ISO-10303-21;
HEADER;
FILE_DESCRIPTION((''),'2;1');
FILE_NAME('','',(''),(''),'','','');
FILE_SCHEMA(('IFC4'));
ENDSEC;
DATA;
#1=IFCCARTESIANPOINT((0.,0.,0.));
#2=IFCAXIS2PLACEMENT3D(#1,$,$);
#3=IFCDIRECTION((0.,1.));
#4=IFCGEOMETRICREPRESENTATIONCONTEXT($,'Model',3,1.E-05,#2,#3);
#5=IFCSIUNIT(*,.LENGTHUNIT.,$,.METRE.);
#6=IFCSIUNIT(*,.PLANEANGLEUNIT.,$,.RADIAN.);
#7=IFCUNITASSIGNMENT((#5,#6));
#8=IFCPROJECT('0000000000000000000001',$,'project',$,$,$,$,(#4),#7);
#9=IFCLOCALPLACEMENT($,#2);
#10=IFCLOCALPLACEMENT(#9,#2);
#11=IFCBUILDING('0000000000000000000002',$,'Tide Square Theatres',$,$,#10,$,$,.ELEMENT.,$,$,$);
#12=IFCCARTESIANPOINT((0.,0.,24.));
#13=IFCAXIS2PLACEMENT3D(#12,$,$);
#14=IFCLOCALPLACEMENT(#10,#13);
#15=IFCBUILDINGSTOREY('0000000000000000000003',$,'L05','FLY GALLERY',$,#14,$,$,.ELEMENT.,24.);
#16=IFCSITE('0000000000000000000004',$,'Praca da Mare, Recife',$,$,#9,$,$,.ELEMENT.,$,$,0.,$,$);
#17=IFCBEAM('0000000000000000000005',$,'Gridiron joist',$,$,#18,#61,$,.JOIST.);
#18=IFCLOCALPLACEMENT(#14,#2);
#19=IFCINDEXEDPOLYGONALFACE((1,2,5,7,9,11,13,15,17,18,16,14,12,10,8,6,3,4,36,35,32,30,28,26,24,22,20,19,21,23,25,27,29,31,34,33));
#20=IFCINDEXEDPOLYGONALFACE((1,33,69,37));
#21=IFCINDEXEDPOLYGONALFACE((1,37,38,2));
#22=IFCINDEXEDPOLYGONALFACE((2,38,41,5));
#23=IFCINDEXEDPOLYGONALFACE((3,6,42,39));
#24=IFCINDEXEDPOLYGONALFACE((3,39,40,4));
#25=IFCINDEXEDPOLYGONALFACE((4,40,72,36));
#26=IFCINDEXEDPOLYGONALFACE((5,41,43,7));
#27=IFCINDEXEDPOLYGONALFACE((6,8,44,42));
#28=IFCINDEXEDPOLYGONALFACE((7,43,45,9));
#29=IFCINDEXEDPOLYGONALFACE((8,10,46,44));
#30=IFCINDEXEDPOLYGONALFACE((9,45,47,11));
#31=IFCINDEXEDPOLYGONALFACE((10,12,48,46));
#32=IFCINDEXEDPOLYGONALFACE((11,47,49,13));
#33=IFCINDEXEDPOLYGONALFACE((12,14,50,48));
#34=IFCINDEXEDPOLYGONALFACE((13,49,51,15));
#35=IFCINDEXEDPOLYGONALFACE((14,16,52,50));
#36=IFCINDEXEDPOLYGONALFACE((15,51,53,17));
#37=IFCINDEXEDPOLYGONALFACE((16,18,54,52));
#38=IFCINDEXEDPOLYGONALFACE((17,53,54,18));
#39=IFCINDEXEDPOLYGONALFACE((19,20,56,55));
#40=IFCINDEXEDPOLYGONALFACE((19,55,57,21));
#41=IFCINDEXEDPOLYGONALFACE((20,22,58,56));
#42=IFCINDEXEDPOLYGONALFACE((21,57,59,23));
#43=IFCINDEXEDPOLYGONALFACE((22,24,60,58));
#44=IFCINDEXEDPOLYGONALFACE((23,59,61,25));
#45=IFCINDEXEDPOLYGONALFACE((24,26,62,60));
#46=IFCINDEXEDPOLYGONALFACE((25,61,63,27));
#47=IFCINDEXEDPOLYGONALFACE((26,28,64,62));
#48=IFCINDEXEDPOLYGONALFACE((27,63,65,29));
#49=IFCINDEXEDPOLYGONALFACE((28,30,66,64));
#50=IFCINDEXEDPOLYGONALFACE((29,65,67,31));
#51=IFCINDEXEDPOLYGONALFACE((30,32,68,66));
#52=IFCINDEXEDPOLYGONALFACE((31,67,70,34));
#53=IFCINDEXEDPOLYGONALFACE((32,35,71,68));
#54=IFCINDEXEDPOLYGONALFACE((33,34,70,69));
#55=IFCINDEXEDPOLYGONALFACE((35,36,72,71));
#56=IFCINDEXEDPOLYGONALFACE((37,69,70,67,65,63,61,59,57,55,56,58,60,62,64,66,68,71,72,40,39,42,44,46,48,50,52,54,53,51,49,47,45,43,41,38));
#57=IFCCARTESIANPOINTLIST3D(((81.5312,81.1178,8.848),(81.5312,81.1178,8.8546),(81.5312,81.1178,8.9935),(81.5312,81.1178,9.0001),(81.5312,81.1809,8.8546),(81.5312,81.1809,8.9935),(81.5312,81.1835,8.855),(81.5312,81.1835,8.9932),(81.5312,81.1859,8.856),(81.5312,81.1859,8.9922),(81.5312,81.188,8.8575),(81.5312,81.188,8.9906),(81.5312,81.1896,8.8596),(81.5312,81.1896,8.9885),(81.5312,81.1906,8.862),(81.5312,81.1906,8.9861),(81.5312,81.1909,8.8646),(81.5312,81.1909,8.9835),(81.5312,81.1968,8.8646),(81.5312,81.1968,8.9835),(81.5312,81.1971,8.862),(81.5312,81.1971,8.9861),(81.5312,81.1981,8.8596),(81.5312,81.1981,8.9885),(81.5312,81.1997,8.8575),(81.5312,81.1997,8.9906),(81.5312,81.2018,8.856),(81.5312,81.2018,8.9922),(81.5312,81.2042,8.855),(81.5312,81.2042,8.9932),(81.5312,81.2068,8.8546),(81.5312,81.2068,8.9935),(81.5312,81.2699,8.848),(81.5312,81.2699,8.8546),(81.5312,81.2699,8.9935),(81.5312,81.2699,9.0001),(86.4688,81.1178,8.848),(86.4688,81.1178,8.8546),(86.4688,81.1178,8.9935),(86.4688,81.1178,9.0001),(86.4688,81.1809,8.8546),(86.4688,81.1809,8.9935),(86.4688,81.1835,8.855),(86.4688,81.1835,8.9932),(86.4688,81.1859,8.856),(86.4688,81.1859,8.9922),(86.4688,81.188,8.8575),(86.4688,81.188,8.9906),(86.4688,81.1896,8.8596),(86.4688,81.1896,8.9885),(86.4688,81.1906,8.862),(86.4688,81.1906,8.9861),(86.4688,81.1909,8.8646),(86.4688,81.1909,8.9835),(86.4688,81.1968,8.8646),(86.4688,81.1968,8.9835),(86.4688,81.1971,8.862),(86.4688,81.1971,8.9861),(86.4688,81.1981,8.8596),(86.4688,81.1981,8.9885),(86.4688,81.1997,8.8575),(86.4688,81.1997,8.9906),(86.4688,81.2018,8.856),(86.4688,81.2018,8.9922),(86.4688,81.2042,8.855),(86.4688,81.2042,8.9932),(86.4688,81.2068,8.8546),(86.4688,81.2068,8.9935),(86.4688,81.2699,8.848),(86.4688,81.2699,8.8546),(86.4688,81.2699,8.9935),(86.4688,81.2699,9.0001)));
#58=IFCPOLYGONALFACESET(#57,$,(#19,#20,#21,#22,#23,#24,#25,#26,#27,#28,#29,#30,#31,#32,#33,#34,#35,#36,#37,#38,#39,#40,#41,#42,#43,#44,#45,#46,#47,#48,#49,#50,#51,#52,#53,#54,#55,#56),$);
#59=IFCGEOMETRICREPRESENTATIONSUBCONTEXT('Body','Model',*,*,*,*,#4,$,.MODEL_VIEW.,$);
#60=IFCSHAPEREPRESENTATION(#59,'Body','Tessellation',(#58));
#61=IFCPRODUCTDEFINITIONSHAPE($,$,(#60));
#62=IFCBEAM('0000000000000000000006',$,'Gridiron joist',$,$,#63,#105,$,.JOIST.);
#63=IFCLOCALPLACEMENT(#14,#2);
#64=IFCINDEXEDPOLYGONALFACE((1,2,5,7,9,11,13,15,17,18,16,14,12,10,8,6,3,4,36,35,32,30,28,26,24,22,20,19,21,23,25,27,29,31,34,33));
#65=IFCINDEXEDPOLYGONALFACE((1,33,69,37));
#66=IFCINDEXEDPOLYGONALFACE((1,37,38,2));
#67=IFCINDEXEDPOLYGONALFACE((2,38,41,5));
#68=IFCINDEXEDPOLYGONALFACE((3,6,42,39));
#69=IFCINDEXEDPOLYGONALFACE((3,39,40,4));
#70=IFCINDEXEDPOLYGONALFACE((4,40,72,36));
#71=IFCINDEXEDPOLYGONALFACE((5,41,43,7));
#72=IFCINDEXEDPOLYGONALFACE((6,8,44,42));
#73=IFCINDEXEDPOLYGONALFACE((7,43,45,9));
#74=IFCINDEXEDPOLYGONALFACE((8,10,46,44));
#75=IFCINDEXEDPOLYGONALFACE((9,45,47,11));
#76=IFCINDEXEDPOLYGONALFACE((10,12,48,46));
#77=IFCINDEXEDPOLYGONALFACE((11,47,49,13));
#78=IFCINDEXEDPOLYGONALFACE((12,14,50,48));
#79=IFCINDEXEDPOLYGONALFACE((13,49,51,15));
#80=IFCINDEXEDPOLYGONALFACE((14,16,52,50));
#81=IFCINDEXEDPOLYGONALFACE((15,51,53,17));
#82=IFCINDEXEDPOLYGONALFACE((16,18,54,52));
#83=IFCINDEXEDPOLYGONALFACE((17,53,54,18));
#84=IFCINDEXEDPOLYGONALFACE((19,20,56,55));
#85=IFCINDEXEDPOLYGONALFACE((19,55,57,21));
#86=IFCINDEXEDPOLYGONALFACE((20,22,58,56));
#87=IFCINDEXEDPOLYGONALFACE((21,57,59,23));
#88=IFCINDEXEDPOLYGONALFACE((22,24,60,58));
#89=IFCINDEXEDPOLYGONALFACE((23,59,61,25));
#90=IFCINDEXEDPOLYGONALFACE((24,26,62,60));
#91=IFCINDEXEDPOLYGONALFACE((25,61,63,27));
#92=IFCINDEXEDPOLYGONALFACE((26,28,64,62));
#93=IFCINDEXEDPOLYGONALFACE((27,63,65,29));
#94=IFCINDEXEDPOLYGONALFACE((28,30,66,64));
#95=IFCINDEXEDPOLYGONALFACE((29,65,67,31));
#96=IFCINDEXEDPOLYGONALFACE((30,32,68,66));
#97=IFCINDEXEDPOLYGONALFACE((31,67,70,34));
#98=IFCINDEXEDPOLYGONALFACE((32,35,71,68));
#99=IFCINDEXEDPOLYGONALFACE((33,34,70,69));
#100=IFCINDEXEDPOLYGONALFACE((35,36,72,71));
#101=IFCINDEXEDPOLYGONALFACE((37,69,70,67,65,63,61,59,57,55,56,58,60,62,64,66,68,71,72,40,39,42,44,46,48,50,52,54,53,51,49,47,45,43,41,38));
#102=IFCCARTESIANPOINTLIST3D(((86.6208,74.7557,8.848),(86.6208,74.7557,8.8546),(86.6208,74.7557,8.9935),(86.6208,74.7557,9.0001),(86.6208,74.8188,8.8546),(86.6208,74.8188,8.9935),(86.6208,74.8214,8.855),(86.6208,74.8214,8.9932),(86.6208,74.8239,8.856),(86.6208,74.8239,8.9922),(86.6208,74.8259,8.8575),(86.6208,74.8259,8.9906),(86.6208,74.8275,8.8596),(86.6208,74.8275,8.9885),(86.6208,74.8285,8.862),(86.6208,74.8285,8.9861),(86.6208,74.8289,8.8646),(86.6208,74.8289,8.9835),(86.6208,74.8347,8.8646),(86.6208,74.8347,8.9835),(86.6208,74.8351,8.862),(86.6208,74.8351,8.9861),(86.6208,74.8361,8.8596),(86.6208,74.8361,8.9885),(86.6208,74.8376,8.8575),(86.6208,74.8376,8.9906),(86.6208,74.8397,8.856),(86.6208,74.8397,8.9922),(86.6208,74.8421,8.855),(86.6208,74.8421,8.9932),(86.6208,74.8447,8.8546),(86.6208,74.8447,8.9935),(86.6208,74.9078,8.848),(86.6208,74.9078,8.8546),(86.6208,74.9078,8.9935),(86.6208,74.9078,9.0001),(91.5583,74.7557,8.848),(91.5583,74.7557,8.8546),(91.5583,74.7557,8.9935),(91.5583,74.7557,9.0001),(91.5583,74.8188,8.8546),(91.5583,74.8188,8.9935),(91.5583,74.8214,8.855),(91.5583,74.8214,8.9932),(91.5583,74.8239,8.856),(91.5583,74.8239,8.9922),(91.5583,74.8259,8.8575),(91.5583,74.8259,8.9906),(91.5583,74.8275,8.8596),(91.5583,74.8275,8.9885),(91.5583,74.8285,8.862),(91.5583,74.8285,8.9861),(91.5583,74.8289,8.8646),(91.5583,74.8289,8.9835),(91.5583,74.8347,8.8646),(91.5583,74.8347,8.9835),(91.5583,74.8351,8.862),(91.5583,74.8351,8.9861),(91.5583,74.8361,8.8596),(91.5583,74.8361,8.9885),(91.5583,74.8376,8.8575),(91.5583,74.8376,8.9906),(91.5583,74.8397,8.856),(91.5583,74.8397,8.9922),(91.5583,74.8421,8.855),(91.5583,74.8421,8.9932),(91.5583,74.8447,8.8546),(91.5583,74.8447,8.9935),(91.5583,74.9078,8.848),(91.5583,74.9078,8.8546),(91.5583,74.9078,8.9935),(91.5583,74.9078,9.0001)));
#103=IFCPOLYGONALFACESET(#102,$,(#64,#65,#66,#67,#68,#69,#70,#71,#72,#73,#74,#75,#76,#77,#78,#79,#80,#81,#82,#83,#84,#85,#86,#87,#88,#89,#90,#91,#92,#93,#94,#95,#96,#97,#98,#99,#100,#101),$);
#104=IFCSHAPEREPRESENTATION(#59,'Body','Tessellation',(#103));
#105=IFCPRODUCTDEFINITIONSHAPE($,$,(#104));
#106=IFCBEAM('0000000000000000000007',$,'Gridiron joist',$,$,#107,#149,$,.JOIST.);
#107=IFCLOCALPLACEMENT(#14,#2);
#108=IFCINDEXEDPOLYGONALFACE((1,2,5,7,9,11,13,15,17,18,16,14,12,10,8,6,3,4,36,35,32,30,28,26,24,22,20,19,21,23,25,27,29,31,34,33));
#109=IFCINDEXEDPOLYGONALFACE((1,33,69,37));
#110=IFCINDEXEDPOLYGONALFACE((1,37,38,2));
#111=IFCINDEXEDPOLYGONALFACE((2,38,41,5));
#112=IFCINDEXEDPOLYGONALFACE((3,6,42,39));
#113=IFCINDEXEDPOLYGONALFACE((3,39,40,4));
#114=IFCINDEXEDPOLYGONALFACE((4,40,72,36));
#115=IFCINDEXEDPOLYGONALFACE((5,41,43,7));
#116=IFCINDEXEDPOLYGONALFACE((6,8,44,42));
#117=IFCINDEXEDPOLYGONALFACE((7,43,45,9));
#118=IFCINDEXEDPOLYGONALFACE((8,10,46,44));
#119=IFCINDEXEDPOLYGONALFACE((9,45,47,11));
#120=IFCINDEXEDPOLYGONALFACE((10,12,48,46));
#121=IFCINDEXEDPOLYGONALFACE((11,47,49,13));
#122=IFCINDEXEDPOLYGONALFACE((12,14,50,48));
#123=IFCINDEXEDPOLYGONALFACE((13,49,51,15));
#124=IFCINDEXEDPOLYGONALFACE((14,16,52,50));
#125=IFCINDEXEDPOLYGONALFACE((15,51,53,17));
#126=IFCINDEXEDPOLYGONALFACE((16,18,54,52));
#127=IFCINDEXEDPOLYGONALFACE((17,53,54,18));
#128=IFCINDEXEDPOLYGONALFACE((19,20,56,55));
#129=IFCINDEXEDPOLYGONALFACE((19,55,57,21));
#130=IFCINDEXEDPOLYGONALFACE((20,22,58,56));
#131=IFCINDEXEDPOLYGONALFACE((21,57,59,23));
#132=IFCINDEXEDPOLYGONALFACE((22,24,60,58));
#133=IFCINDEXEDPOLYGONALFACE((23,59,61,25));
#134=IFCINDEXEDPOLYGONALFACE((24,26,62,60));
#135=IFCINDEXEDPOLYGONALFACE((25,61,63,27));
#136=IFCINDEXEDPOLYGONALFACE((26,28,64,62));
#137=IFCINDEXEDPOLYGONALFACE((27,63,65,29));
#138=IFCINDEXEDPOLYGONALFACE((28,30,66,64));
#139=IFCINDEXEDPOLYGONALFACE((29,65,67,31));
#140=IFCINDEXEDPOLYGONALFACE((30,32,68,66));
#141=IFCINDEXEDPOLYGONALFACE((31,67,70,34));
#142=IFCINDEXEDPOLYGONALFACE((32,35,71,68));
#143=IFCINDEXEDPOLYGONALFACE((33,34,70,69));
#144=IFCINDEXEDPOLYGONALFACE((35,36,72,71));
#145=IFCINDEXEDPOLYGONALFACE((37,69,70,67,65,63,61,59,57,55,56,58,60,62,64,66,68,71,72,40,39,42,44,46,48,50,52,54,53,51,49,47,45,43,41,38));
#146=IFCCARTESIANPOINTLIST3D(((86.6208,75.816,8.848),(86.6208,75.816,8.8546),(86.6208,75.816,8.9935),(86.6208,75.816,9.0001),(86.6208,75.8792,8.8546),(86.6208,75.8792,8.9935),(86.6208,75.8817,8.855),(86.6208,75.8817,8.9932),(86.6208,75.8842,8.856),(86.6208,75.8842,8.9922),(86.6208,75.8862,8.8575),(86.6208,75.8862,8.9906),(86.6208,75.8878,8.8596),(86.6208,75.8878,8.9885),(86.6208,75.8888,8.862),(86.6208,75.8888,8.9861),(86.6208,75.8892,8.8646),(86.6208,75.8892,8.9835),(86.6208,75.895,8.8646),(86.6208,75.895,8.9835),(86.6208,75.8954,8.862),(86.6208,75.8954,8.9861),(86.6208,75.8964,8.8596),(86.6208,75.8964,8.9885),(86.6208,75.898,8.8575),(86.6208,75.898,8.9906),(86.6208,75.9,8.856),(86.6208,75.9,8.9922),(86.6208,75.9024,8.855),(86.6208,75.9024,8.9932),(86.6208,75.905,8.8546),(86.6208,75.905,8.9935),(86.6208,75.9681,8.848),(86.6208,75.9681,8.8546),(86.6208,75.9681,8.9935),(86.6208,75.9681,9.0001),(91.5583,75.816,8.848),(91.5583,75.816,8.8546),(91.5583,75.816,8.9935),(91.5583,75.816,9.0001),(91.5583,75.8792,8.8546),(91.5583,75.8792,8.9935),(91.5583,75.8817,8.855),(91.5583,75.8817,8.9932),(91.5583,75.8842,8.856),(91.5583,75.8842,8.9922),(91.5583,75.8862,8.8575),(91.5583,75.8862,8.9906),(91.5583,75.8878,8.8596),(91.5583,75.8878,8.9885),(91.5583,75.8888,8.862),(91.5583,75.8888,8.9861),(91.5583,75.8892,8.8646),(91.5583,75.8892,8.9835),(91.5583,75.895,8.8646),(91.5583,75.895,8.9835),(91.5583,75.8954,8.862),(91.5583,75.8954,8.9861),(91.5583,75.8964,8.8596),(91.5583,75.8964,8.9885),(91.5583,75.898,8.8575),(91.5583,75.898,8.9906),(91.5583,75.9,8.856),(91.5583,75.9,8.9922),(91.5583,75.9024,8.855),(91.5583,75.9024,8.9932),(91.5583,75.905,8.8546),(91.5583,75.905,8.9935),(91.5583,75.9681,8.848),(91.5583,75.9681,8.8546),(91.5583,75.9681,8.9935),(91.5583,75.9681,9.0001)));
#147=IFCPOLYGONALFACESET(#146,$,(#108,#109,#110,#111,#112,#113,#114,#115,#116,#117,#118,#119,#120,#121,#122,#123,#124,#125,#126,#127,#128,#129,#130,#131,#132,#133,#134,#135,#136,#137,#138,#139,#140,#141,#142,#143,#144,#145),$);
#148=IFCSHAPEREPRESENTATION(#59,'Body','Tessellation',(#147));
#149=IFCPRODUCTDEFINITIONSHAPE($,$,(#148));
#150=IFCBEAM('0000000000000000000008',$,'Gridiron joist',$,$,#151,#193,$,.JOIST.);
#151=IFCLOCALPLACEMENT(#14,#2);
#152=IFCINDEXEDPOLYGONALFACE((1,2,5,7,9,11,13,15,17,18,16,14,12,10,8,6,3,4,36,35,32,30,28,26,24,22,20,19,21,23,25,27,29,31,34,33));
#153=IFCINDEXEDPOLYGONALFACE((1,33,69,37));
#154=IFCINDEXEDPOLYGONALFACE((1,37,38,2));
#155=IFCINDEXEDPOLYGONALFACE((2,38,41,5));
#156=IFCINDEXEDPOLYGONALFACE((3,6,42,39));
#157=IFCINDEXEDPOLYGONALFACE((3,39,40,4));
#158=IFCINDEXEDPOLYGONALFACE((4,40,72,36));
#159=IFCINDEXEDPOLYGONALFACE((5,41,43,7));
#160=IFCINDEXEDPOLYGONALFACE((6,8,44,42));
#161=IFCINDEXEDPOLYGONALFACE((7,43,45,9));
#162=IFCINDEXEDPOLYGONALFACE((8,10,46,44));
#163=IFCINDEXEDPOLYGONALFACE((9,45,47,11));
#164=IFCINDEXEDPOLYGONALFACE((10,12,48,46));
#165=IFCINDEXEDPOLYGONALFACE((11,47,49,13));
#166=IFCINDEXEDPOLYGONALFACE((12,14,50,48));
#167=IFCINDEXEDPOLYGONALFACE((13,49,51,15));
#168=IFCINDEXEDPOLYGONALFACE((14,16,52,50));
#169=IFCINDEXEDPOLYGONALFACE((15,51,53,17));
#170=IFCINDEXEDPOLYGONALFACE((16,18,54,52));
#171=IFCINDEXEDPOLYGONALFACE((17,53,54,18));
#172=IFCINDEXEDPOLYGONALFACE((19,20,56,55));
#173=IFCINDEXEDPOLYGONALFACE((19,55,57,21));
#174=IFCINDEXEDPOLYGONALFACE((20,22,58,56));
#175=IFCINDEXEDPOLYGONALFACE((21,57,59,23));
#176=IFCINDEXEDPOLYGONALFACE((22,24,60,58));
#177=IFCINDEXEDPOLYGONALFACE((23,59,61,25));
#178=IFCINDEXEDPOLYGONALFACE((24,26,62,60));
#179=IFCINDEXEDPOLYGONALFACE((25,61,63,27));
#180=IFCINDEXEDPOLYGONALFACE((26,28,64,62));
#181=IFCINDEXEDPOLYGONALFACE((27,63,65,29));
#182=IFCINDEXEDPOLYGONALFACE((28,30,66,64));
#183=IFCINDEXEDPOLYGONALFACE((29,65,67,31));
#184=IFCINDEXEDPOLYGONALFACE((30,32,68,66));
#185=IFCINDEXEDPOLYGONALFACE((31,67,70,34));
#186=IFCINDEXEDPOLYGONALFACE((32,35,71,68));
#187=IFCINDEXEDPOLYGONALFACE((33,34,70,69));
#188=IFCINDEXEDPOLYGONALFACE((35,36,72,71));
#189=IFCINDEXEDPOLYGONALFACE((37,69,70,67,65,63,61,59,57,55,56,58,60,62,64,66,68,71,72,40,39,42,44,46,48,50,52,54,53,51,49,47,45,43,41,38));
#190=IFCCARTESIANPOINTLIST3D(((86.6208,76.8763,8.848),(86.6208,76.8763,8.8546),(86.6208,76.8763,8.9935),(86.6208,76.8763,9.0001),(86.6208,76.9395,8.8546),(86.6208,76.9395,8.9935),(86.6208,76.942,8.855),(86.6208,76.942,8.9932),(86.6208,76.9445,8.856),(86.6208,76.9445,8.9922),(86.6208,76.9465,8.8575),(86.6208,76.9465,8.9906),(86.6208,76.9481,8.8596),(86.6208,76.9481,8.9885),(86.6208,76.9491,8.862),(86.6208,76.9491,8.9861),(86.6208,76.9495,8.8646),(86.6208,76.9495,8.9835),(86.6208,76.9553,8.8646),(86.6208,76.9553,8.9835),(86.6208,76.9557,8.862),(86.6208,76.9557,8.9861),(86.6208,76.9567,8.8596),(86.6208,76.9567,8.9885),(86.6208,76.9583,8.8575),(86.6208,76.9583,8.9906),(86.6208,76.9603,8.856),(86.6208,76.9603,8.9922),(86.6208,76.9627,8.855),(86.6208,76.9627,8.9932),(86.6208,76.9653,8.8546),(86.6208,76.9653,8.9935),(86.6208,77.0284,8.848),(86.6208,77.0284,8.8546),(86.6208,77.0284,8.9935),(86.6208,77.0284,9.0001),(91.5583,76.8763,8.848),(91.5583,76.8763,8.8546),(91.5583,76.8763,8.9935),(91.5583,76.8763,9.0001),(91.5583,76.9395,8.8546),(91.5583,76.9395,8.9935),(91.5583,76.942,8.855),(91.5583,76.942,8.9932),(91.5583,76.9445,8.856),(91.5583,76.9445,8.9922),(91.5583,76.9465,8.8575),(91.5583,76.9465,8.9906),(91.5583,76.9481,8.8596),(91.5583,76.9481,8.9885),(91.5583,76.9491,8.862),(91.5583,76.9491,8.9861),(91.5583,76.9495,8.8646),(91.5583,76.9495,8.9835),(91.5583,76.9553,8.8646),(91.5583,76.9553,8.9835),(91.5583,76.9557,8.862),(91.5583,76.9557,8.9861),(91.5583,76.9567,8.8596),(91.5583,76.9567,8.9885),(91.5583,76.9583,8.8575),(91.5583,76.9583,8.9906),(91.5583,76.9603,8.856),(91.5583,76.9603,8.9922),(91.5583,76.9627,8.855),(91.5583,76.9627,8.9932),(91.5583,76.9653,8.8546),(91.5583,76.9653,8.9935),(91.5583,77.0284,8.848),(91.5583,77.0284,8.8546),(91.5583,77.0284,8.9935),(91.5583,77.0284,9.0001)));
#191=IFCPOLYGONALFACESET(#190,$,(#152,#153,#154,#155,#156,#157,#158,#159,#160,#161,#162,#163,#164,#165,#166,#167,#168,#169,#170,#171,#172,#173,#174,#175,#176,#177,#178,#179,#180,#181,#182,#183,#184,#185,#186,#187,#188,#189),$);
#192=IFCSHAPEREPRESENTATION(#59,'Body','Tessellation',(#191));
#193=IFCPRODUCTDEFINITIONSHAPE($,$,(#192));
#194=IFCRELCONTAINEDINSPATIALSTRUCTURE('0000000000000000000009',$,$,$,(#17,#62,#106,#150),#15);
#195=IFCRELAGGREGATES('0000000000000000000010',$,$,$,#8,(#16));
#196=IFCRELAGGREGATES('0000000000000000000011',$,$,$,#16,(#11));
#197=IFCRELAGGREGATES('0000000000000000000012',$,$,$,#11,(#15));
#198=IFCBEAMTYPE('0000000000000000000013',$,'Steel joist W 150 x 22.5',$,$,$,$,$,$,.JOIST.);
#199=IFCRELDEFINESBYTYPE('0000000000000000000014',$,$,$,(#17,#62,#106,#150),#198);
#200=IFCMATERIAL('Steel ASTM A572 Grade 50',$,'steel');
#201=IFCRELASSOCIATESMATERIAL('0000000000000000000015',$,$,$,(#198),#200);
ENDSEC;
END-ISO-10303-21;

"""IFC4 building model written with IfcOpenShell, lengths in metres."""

from ifc_helpers import new_model, si_unit, direction, frame, origin, origin_2d, place, context, subcontext, project, spatial, i_section, extrude, material, material_profile, profile_set, type_object, element, save


model = new_model("IFC4")

# Units and contexts
model_context = context("Model", 3, precision=1e-05, world=origin(), true_north=direction((0.0, 1.0)))
body_context = subcontext(model_context, "Body", "Model", "MODEL_VIEW")
ifc_project = project(units=[si_unit("LENGTHUNIT", "METRE"), si_unit("PLANEANGLEUNIT", "RADIAN")], contexts=[model_context])

# Site, building, storey
site_placement = place(None, origin())
site = spatial("IfcSite", under=ifc_project, at=site_placement, Name="Praca da Mare, Recife", CompositionType="ELEMENT", RefElevation=0.0)
building_placement = place(site_placement, origin())
building = spatial("IfcBuilding", under=site, at=building_placement, Name="Tide Square Theatres", CompositionType="ELEMENT")
storey_placement = place(building_placement, frame((0.0, 0.0, 24.0)))
storey = spatial("IfcBuildingStorey", under=building, at=storey_placement, Name="L05", Description="FLY GALLERY", CompositionType="ELEMENT", Elevation=24.0)

# Beams
ifc_material_1 = material(Name="Steel ASTM A572 Grade 50", Category="steel")
ifc_material_profile_1 = material_profile(ifc_material_1, i_section(OverallWidth=0.1521, OverallDepth=0.1521, WebThickness=0.0059, FlangeThickness=0.0066, FilletRadius=0.01, at=origin_2d()))
ifc_profile_set_1 = profile_set([ifc_material_profile_1], Name="Steel ASTM A572 Grade 50")
beam_type_1 = type_object("IfcBeamType", Name="Steel joist W 150 x 22.5", PredefinedType="JOIST", material=ifc_profile_set_1)
for number, where, z_axis, x_axis, name in (
    (1, (81.5312, 81.1938, 8.9241), (1.0, 0.0, 0.0), (0.0, 1.0, 0.0), "Gridiron joist"),
    (2, (86.6208, 74.8318, 8.9241), (1.0, 0.0, 0.0), (0.0, 1.0, 0.0), "Gridiron joist"),
    (3, (86.6208, 75.8921, 8.9241), (1.0, 0.0, 0.0), (0.0, 1.0, 0.0), "Gridiron joist"),
    (4, (86.6208, 76.9524, 8.9241), (1.0, 0.0, 0.0), (0.0, 1.0, 0.0), "Gridiron joist"),
):
    element("IfcBeam", number, at=place(storey_placement, frame(where, z_axis=z_axis, x_axis=x_axis)), inside=storey, type_object=beam_type_1, Name=name, PredefinedType="JOIST", context=body_context, shape_type="SweptSolid", body=[
        extrude(i_section(OverallWidth=0.1521, OverallDepth=0.1521, WebThickness=0.0059, FlangeThickness=0.0066, FilletRadius=0.01, at=origin_2d()), origin(), (0.0, 0.0, 1.0), 4.9375),
    ])

save(model, "model.ifc")
